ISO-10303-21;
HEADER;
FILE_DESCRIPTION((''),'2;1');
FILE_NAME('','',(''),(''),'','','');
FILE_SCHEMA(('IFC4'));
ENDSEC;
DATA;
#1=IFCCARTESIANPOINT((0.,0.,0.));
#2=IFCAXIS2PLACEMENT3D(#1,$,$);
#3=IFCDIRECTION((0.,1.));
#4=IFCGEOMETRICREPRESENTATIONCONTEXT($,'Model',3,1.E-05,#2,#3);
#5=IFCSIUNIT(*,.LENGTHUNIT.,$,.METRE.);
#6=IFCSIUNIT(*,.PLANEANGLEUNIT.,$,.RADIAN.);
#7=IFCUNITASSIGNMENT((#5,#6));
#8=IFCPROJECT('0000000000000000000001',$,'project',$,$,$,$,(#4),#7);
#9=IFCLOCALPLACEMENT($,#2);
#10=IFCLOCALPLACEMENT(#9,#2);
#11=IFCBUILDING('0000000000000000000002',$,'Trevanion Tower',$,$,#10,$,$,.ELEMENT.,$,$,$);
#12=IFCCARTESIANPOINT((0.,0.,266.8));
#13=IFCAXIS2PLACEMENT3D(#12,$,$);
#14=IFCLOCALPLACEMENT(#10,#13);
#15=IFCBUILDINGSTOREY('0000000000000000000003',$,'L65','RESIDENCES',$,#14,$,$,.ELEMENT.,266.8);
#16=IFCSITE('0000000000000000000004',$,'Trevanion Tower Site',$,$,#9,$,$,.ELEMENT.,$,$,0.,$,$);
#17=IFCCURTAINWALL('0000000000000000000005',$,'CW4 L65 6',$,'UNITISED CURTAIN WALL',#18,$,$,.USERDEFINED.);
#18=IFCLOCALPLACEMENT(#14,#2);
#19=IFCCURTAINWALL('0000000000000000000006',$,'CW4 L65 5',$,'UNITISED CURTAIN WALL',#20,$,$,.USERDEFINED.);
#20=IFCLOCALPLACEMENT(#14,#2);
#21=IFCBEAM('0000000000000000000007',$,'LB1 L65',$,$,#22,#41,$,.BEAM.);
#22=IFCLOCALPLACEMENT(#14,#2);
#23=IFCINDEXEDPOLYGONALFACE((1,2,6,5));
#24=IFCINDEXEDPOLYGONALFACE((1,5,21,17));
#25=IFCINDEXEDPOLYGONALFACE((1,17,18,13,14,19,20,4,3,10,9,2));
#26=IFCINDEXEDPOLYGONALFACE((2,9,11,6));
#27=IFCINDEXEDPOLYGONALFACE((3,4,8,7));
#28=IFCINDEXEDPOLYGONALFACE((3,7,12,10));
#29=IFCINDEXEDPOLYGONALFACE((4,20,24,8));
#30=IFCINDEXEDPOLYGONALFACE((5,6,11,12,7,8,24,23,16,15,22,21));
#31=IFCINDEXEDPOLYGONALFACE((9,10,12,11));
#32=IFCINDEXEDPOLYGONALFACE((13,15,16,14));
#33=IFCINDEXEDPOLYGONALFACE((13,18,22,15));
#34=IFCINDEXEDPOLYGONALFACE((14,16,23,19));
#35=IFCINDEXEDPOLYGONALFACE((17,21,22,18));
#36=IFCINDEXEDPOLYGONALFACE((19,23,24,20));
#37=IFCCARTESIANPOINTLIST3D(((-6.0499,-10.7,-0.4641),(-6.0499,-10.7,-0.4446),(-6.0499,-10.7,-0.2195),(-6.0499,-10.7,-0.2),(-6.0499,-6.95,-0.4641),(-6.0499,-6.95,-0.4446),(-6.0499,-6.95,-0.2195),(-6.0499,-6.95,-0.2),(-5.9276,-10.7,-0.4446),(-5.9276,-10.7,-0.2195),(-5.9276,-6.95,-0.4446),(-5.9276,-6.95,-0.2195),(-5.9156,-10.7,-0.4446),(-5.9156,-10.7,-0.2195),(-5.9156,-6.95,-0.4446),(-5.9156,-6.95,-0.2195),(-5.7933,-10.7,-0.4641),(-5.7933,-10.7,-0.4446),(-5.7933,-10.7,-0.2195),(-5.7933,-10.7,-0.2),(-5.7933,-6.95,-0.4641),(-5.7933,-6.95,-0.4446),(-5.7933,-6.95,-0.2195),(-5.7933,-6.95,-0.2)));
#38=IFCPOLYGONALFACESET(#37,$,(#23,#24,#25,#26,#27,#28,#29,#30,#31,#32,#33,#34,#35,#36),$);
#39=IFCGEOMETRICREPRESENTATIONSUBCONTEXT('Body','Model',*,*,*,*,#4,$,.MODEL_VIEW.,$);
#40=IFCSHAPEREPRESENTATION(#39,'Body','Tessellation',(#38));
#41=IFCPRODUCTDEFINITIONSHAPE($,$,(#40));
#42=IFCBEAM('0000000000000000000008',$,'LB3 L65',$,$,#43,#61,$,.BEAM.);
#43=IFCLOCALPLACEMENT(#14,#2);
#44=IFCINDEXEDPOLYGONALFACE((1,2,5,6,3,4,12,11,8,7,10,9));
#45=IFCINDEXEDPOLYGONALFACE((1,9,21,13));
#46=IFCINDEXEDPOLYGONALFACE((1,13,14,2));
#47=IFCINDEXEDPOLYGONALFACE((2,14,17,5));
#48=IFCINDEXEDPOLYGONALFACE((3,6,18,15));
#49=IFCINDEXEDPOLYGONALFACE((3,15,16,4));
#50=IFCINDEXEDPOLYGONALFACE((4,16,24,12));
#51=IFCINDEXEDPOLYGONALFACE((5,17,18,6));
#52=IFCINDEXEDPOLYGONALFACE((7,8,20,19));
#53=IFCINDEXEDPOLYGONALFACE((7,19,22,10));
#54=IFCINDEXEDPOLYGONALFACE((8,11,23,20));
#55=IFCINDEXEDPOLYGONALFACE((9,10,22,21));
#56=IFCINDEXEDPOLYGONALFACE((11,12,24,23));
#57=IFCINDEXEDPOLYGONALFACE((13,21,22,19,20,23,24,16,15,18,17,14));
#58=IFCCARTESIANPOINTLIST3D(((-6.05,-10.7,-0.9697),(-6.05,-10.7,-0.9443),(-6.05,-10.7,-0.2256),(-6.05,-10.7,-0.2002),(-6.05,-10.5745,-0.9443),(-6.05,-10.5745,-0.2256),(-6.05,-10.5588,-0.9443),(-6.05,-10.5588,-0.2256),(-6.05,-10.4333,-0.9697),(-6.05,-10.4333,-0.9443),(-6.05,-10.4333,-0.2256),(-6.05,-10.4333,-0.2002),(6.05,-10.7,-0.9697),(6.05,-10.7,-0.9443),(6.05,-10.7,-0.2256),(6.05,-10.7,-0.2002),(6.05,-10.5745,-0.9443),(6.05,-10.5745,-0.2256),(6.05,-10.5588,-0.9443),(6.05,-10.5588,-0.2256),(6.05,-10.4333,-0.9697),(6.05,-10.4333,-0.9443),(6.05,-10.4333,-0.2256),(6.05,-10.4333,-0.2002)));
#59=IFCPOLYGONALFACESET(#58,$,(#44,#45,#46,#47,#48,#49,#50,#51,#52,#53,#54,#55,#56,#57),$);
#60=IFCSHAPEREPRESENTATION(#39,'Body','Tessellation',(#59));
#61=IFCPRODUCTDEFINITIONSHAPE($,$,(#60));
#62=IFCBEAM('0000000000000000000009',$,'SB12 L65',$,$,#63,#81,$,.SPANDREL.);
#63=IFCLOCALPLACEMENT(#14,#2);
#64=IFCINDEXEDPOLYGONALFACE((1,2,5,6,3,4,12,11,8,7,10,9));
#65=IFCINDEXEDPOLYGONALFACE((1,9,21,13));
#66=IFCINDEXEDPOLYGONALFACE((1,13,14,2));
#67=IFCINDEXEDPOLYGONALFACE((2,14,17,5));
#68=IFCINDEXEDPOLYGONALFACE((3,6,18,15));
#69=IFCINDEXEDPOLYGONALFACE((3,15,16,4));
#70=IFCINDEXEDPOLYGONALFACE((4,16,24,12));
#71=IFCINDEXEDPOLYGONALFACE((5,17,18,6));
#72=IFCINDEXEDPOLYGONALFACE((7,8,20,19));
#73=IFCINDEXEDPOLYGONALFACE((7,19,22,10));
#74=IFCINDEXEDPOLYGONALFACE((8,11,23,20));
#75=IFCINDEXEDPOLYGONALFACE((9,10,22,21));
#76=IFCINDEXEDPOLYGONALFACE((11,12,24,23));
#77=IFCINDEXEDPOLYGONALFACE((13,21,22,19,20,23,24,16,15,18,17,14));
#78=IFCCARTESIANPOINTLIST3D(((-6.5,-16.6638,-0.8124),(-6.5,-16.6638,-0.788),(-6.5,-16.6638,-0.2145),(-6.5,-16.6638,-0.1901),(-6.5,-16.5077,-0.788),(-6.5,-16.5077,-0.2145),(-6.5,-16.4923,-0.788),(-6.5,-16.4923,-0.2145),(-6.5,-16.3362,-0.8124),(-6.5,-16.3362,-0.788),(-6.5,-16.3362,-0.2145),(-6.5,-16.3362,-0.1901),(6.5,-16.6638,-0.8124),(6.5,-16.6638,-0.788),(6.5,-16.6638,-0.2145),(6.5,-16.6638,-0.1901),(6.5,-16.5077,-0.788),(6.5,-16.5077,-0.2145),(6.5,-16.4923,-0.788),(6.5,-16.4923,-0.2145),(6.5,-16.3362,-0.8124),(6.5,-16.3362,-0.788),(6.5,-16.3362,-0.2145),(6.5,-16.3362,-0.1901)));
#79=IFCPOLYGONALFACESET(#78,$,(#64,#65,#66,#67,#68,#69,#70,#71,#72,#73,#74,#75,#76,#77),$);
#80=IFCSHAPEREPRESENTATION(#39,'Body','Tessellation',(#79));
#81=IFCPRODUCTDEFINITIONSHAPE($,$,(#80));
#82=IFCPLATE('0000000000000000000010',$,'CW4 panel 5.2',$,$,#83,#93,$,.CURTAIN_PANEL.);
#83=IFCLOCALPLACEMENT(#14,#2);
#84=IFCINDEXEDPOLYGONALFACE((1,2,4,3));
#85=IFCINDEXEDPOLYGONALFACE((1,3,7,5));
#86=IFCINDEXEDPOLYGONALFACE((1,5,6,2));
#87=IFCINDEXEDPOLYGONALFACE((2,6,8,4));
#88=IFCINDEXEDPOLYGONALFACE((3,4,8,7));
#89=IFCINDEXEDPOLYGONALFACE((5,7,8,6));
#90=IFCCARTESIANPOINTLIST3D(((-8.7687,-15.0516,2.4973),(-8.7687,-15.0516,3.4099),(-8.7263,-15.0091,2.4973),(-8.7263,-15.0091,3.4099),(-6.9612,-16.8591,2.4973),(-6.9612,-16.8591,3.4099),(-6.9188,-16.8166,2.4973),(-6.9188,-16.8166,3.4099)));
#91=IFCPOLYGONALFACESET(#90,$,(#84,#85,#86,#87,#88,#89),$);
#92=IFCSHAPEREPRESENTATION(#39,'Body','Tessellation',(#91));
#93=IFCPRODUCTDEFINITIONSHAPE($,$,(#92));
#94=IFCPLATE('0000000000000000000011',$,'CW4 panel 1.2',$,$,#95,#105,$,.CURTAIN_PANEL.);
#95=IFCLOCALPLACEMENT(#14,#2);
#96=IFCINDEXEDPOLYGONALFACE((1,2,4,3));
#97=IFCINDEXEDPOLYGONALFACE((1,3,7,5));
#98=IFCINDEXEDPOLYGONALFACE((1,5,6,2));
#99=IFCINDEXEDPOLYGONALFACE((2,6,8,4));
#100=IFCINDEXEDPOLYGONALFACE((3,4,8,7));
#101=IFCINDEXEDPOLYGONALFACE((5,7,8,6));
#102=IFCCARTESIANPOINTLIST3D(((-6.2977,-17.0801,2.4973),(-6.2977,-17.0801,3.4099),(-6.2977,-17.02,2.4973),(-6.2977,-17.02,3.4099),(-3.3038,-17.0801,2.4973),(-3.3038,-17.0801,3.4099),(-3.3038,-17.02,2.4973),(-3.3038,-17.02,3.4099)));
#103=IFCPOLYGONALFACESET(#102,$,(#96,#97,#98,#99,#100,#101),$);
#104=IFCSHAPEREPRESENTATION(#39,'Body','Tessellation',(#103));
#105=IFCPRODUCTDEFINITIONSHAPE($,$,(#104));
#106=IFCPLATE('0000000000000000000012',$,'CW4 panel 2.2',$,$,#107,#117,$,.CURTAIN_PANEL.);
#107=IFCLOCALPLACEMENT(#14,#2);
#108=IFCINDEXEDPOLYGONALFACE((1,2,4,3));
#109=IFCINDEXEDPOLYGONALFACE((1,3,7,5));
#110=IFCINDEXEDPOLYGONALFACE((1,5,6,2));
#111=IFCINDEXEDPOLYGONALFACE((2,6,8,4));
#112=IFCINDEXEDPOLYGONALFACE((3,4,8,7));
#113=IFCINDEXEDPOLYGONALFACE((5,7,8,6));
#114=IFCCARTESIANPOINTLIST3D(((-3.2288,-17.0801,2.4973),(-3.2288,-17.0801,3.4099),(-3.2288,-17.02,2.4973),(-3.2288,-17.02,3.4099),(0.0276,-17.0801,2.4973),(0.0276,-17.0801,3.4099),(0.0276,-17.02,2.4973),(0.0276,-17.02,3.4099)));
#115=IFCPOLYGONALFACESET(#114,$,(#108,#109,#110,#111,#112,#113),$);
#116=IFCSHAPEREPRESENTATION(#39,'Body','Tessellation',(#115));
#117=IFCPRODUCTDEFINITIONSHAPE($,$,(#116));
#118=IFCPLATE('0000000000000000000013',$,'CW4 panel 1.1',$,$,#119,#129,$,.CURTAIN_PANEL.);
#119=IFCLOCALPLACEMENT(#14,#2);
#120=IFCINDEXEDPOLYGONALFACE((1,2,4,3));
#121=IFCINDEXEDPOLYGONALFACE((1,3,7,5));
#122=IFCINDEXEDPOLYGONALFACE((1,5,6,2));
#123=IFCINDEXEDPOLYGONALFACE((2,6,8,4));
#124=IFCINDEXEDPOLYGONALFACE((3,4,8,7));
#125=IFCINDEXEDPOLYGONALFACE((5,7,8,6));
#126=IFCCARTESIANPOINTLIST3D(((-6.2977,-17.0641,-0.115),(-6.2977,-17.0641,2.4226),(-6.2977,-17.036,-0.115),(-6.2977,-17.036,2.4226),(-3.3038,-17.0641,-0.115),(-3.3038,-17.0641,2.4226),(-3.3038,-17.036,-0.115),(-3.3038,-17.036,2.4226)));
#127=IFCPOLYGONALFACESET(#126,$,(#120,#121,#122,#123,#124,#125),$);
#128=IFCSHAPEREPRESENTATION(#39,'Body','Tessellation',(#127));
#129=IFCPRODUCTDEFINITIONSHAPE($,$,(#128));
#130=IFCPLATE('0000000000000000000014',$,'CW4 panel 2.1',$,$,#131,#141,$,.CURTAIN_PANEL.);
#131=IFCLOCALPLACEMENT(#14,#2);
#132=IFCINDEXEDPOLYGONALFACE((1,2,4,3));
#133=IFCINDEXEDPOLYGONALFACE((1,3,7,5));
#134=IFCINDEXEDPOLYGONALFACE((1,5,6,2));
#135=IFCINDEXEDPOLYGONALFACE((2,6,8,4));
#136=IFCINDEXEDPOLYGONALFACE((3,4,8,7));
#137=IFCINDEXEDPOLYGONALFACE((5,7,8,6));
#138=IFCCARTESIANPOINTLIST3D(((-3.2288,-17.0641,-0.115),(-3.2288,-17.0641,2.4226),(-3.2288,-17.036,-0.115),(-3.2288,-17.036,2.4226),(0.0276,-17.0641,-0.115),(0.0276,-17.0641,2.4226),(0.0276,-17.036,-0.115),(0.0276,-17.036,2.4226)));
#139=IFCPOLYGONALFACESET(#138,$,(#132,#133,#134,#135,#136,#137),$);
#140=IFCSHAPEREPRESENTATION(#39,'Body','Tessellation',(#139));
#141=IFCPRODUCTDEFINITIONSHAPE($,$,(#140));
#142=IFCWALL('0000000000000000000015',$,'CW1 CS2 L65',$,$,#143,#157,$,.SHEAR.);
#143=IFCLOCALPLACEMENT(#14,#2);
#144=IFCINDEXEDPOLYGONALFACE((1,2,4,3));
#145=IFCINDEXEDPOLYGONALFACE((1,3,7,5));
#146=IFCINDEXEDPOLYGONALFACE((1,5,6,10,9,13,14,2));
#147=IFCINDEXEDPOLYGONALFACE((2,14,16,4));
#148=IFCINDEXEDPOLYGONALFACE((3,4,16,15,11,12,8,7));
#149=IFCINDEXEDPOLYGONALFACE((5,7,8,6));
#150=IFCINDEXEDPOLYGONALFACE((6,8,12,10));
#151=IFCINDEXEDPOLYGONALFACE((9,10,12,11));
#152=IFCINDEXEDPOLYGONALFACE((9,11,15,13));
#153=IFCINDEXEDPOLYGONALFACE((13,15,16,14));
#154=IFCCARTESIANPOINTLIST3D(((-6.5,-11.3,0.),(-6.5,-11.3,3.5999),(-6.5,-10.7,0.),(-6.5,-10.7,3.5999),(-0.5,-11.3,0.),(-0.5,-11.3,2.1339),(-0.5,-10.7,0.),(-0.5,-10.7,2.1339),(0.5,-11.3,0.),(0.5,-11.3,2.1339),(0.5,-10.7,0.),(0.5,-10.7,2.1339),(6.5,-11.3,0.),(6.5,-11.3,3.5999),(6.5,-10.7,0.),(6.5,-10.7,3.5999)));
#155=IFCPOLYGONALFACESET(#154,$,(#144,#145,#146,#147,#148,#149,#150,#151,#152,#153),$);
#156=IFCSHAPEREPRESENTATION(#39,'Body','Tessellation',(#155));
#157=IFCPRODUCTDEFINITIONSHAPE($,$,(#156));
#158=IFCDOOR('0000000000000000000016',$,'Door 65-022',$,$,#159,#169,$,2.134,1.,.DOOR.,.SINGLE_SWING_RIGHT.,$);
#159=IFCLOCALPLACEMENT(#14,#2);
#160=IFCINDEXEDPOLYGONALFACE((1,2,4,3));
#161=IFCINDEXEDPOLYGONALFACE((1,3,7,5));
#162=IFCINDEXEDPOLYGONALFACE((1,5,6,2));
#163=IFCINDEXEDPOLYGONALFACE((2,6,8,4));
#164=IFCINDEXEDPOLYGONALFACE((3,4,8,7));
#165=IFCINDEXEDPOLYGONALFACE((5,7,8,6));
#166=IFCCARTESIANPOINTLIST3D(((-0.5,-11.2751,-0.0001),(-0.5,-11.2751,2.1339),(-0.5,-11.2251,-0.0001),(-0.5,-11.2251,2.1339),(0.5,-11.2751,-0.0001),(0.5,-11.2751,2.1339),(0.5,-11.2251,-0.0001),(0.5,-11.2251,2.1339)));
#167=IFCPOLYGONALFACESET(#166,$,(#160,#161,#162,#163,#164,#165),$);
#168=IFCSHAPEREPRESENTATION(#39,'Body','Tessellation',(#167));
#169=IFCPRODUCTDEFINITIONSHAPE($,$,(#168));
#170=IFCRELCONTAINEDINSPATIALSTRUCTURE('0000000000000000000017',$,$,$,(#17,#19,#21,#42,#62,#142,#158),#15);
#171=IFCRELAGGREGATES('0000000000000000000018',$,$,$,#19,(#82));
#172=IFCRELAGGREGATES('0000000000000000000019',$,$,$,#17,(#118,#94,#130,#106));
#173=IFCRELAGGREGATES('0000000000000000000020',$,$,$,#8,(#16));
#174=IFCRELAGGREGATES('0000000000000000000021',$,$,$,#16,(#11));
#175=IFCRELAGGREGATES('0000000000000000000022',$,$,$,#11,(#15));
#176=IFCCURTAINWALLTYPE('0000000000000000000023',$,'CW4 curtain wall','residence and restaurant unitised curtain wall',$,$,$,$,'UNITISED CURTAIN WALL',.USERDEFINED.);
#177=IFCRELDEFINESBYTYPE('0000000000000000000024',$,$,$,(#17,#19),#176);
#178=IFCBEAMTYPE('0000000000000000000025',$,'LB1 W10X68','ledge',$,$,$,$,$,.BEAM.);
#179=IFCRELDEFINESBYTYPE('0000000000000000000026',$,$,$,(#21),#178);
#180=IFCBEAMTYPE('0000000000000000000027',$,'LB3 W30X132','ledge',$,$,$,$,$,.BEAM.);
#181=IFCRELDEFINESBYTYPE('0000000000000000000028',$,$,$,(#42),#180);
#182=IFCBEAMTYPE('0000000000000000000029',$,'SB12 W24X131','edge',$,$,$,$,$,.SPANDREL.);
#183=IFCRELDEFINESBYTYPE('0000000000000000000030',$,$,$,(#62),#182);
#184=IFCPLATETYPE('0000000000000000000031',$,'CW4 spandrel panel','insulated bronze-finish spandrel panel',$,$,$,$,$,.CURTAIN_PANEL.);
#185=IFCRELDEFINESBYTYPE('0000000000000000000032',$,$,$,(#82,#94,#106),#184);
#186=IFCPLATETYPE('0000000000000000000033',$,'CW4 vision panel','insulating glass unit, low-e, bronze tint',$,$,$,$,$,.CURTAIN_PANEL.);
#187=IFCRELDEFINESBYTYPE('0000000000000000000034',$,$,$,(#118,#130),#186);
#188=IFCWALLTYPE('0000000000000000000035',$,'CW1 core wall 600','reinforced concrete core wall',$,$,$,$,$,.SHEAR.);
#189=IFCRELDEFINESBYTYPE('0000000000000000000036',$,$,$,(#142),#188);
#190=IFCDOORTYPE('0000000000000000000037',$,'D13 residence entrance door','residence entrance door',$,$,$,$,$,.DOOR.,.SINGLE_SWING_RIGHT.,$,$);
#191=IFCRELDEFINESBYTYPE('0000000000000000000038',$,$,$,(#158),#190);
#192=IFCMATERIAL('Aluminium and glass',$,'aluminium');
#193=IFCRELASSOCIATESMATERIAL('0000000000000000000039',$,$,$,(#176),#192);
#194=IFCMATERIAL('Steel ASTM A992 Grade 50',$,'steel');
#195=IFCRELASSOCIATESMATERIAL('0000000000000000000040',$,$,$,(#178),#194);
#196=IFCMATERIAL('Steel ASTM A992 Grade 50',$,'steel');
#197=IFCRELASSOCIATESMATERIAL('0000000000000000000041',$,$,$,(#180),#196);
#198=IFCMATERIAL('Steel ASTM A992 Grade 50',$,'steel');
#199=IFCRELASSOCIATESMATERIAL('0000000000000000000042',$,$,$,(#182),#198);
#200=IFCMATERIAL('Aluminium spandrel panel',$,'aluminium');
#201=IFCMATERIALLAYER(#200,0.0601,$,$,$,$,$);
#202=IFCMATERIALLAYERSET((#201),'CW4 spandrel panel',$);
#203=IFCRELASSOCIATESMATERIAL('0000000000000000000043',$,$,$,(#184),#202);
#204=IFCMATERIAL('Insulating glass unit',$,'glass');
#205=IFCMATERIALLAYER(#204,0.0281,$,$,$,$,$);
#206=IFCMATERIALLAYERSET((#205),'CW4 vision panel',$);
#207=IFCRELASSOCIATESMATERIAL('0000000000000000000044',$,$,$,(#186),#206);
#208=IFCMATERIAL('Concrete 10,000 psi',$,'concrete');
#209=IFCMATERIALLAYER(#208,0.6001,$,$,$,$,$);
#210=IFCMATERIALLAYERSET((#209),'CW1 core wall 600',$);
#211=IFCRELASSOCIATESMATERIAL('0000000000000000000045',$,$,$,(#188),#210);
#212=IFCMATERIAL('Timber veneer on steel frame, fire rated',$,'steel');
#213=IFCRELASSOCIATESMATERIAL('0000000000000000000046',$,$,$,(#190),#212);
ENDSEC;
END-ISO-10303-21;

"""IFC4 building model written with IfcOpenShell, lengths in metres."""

from ifc_helpers import new_model, si_unit, direction, frame, frame_2d, origin, origin_2d, place, context, subcontext, project, spatial, rectangle, i_section, extrude, material, layer, layer_set, material_profile, profile_set, type_object, element, fill, aggregate, save


model = new_model("IFC4")

# Units and contexts
model_context = context("Model", 3, precision=1e-05, world=origin(), true_north=direction((0.0, 1.0)))
body_context = subcontext(model_context, "Body", "Model", "MODEL_VIEW")
ifc_project = project(units=[si_unit("LENGTHUNIT", "METRE"), si_unit("PLANEANGLEUNIT", "RADIAN")], contexts=[model_context])

# Site, building, storey
site_placement = place(None, origin())
site = spatial("IfcSite", under=ifc_project, at=site_placement, Name="Trevanion Tower Site", CompositionType="ELEMENT", RefElevation=0.0)
building_placement = place(site_placement, origin())
building = spatial("IfcBuilding", under=site, at=building_placement, Name="Trevanion Tower", CompositionType="ELEMENT")
storey_placement = place(building_placement, frame((0.0, 0.0, 266.8)))
storey = spatial("IfcBuildingStorey", under=building, at=storey_placement, Name="L65", Description="RESIDENCES", CompositionType="ELEMENT", Elevation=266.8)

# Curtain walls
ifc_material_1 = material(Name="Aluminium and glass", Category="aluminium")
curtain_wall_type = type_object("IfcCurtainWallType", Name="CW4 curtain wall", Description="residence and restaurant unitised curtain wall", ElementType="UNITISED CURTAIN WALL", PredefinedType="USERDEFINED", material=ifc_material_1)
curtain_wall_1_placement = place(storey_placement, origin())
curtain_wall_1 = element("IfcCurtainWall", 1, at=curtain_wall_1_placement, inside=storey, type_object=curtain_wall_type, Name="CW4 L65 6", ObjectType="UNITISED CURTAIN WALL", PredefinedType="USERDEFINED")
curtain_wall_2_placement = place(storey_placement, origin())
curtain_wall_2 = element("IfcCurtainWall", 2, at=curtain_wall_2_placement, inside=storey, type_object=curtain_wall_type, Name="CW4 L65 5", ObjectType="UNITISED CURTAIN WALL", PredefinedType="USERDEFINED")

# Beams
ifc_material_2 = material(Name="Steel ASTM A992 Grade 50", Category="steel")
ifc_material_profile_1 = material_profile(ifc_material_2, i_section(OverallWidth=0.2566, OverallDepth=0.2642, WebThickness=0.012, FlangeThickness=0.0195, at=origin_2d()), Name="W10X68")
ifc_profile_set_1 = profile_set([ifc_material_profile_1], Name="Steel ASTM A992 Grade 50")
beam_type_1 = type_object("IfcBeamType", Name="LB1 W10X68", Description="ledge", PredefinedType="BEAM", material=ifc_profile_set_1)
beam_1_placement = place(storey_placement, frame((-5.9216, -10.7, -0.332), z_axis=(0.0, 1.0, 0.0), x_axis=(-1.0, 0.0, 0.0)))
element("IfcBeam", 3, at=beam_1_placement, inside=storey, type_object=beam_type_1, Name="LB1 L65", PredefinedType="BEAM", context=body_context, shape_type="SweptSolid", body=[
    extrude(i_section(OverallWidth=0.2566, OverallDepth=0.2642, WebThickness=0.012, FlangeThickness=0.0195, at=origin_2d()), origin(), (0.0, 0.0, 1.0), 3.75),
])
ifc_material_3 = material(Name="Steel ASTM A992 Grade 50", Category="steel")
ifc_material_profile_2 = material_profile(ifc_material_3, i_section(OverallWidth=0.2666, OverallDepth=0.7695, WebThickness=0.0156, FlangeThickness=0.0254, at=origin_2d()), Name="W30X132")
ifc_profile_set_2 = profile_set([ifc_material_profile_2], Name="Steel ASTM A992 Grade 50")
beam_type_2 = type_object("IfcBeamType", Name="LB3 W30X132", Description="ledge", PredefinedType="BEAM", material=ifc_profile_set_2)
beam_2_placement = place(storey_placement, frame((-6.05, -10.5667, -0.585), z_axis=(1.0, 0.0, 0.0), x_axis=(0.0, 1.0, 0.0)))
element("IfcBeam", 4, at=beam_2_placement, inside=storey, type_object=beam_type_2, Name="LB3 L65", PredefinedType="BEAM", context=body_context, shape_type="SweptSolid", body=[
    extrude(i_section(OverallWidth=0.2666, OverallDepth=0.7695, WebThickness=0.0156, FlangeThickness=0.0254, at=origin_2d()), origin(), (0.0, 0.0, 1.0), 12.1001),
])
ifc_material_4 = material(Name="Steel ASTM A992 Grade 50", Category="steel")
ifc_material_profile_3 = material_profile(ifc_material_4, i_section(OverallWidth=0.3276, OverallDepth=0.6223, WebThickness=0.0154, FlangeThickness=0.0244, at=origin_2d()), Name="W24X131")
ifc_profile_set_3 = profile_set([ifc_material_profile_3], Name="Steel ASTM A992 Grade 50")
beam_type_3 = type_object("IfcBeamType", Name="SB12 W24X131", Description="edge", PredefinedType="SPANDREL", material=ifc_profile_set_3)
beam_3_placement = place(storey_placement, frame((-6.5, -16.5, -0.5012), z_axis=(1.0, 0.0, 0.0), x_axis=(0.0, 1.0, 0.0)))
element("IfcBeam", 5, at=beam_3_placement, inside=storey, type_object=beam_type_3, Name="SB12 L65", PredefinedType="SPANDREL", context=body_context, shape_type="SweptSolid", body=[
    extrude(i_section(OverallWidth=0.3276, OverallDepth=0.6223, WebThickness=0.0154, FlangeThickness=0.0244, at=origin_2d()), origin(), (0.0, 0.0, 1.0), 13.0),
])

# Plates
ifc_material_5 = material(Name="Aluminium spandrel panel", Category="aluminium")
ifc_layer_1 = layer(ifc_material_5, 0.0601)
ifc_layer_set_1 = layer_set([ifc_layer_1], Name="CW4 spandrel panel")
plate_type_1 = type_object("IfcPlateType", Name="CW4 spandrel panel", Description="insulated bronze-finish spandrel panel", PredefinedType="CURTAIN_PANEL", material=ifc_layer_set_1)
plate_1_placement = place(storey_placement, frame((-7.8438, -15.9341, 2.4973), z_axis=(0.0, 0.0, 1.0), x_axis=(0.707107, -0.707107, 0.0)))
plate_1 = element("IfcPlate", 6, at=plate_1_placement, type_object=plate_type_1, Name="CW4 panel 5.2", PredefinedType="CURTAIN_PANEL", context=body_context, shape_type="SweptSolid", body=[
    extrude(rectangle(XDim=2.5562, YDim=0.0601, at=origin_2d()), origin(), (0.0, 0.0, 1.0), 0.9126),
])
aggregate(curtain_wall_2, [plate_1])
plate_2_placement = place(storey_placement, frame((-4.8008, -17.05, 2.4973), z_axis=(0.0, 0.0, 1.0), x_axis=(1.0, 0.0, 0.0)))
plate_2 = element("IfcPlate", 7, at=plate_2_placement, type_object=plate_type_1, Name="CW4 panel 1.2", PredefinedType="CURTAIN_PANEL", context=body_context, shape_type="SweptSolid", body=[
    extrude(rectangle(XDim=2.9939, YDim=0.0601, at=origin_2d()), origin(), (0.0, 0.0, 1.0), 0.9126),
])
plate_3_placement = place(storey_placement, frame((-1.6006, -17.05, 2.4973), z_axis=(0.0, 0.0, 1.0), x_axis=(1.0, 0.0, 0.0)))
plate_3 = element("IfcPlate", 8, at=plate_3_placement, type_object=plate_type_1, Name="CW4 panel 2.2", PredefinedType="CURTAIN_PANEL", context=body_context, shape_type="SweptSolid", body=[
    extrude(rectangle(XDim=3.2563, YDim=0.0601, at=origin_2d()), origin(), (0.0, 0.0, 1.0), 0.9126),
])
ifc_material_6 = material(Name="Insulating glass unit", Category="glass")
ifc_layer_2 = layer(ifc_material_6, 0.0281)
ifc_layer_set_2 = layer_set([ifc_layer_2], Name="CW4 vision panel")
plate_type_2 = type_object("IfcPlateType", Name="CW4 vision panel", Description="insulating glass unit, low-e, bronze tint", PredefinedType="CURTAIN_PANEL", material=ifc_layer_set_2)
plate_4_placement = place(storey_placement, frame((-4.8008, -17.05, -0.115), z_axis=(0.0, 0.0, 1.0), x_axis=(1.0, 0.0, 0.0)))
plate_4 = element("IfcPlate", 9, at=plate_4_placement, type_object=plate_type_2, Name="CW4 panel 1.1", PredefinedType="CURTAIN_PANEL", context=body_context, shape_type="SweptSolid", body=[
    extrude(rectangle(XDim=2.9939, YDim=0.0281, at=origin_2d()), origin(), (0.0, 0.0, 1.0), 2.5376),
])
plate_5_placement = place(storey_placement, frame((-1.6006, -17.05, -0.115), z_axis=(0.0, 0.0, 1.0), x_axis=(1.0, 0.0, 0.0)))
plate_5 = element("IfcPlate", 10, at=plate_5_placement, type_object=plate_type_2, Name="CW4 panel 2.1", PredefinedType="CURTAIN_PANEL", context=body_context, shape_type="SweptSolid", body=[
    extrude(rectangle(XDim=3.2563, YDim=0.0281, at=origin_2d()), origin(), (0.0, 0.0, 1.0), 2.5376),
])
aggregate(curtain_wall_1, [plate_4, plate_2, plate_5, plate_3])

# Wall, opening, door
ifc_material_7 = material(Name="Concrete 10,000 psi", Category="concrete")
ifc_layer_3 = layer(ifc_material_7, 0.6001)
ifc_layer_set_3 = layer_set([ifc_layer_3], Name="CW1 core wall 600")
wall_type_1 = type_object("IfcWallType", Name="CW1 core wall 600", Description="reinforced concrete core wall", PredefinedType="SHEAR", material=ifc_layer_set_3)
wall_1_placement = place(storey_placement, frame((-6.5, -11.0, 0.0), z_axis=(0.0, 0.0, 1.0), x_axis=(1.0, 0.0, 0.0)))
wall_1 = element("IfcWall", 11, at=wall_1_placement, inside=storey, type_object=wall_type_1, Name="CW1 CS2 L65", PredefinedType="SHEAR", context=body_context, shape_type="SweptSolid", body=[
    extrude(rectangle(XDim=13.0, YDim=0.6001, at=frame_2d((6.5, 0.0))), origin(), (0.0, 0.0, 1.0), 3.5999),
])
opening_1_placement = place(wall_1_placement, frame((6.0, 0.0, 0.0)))
opening_1 = element("IfcOpeningElement", 12, at=opening_1_placement, cuts=wall_1, PredefinedType="OPENING", context=body_context, shape_type="SweptSolid", body=[
    extrude(rectangle(XDim=1.0, YDim=2.134, at=frame_2d((0.5, 1.0669))), frame((0.0, 0.3101, 0.0), z_axis=(0.0, -1.0, 0.0), x_axis=(1.0, 0.0, 0.0)), (0.0, 0.0, 1.0), 0.6201),
])
ifc_material_8 = material(Name="Timber veneer on steel frame, fire rated", Category="steel")
door_type_1 = type_object("IfcDoorType", Name="D13 residence entrance door", Description="residence entrance door", OperationType="SINGLE_SWING_RIGHT", PredefinedType="DOOR", material=ifc_material_8)
door_1_placement = place(opening_1_placement, origin())
door_1 = element("IfcDoor", 13, at=door_1_placement, inside=storey, type_object=door_type_1, Name="Door 65-022", OperationType="SINGLE_SWING_RIGHT", OverallHeight=2.134, OverallWidth=1.0, PredefinedType="DOOR", context=body_context, shape_type="SweptSolid", body=[
    extrude(rectangle(XDim=1.0, YDim=2.134, at=frame_2d((0.5, 1.0669))), frame((0.0, -0.2251, 0.0), z_axis=(0.0, -1.0, 0.0), x_axis=(1.0, 0.0, 0.0)), (0.0, 0.0, 1.0), 0.05),
])
fill(opening_1, door_1)

save(model, "model.ifc")
